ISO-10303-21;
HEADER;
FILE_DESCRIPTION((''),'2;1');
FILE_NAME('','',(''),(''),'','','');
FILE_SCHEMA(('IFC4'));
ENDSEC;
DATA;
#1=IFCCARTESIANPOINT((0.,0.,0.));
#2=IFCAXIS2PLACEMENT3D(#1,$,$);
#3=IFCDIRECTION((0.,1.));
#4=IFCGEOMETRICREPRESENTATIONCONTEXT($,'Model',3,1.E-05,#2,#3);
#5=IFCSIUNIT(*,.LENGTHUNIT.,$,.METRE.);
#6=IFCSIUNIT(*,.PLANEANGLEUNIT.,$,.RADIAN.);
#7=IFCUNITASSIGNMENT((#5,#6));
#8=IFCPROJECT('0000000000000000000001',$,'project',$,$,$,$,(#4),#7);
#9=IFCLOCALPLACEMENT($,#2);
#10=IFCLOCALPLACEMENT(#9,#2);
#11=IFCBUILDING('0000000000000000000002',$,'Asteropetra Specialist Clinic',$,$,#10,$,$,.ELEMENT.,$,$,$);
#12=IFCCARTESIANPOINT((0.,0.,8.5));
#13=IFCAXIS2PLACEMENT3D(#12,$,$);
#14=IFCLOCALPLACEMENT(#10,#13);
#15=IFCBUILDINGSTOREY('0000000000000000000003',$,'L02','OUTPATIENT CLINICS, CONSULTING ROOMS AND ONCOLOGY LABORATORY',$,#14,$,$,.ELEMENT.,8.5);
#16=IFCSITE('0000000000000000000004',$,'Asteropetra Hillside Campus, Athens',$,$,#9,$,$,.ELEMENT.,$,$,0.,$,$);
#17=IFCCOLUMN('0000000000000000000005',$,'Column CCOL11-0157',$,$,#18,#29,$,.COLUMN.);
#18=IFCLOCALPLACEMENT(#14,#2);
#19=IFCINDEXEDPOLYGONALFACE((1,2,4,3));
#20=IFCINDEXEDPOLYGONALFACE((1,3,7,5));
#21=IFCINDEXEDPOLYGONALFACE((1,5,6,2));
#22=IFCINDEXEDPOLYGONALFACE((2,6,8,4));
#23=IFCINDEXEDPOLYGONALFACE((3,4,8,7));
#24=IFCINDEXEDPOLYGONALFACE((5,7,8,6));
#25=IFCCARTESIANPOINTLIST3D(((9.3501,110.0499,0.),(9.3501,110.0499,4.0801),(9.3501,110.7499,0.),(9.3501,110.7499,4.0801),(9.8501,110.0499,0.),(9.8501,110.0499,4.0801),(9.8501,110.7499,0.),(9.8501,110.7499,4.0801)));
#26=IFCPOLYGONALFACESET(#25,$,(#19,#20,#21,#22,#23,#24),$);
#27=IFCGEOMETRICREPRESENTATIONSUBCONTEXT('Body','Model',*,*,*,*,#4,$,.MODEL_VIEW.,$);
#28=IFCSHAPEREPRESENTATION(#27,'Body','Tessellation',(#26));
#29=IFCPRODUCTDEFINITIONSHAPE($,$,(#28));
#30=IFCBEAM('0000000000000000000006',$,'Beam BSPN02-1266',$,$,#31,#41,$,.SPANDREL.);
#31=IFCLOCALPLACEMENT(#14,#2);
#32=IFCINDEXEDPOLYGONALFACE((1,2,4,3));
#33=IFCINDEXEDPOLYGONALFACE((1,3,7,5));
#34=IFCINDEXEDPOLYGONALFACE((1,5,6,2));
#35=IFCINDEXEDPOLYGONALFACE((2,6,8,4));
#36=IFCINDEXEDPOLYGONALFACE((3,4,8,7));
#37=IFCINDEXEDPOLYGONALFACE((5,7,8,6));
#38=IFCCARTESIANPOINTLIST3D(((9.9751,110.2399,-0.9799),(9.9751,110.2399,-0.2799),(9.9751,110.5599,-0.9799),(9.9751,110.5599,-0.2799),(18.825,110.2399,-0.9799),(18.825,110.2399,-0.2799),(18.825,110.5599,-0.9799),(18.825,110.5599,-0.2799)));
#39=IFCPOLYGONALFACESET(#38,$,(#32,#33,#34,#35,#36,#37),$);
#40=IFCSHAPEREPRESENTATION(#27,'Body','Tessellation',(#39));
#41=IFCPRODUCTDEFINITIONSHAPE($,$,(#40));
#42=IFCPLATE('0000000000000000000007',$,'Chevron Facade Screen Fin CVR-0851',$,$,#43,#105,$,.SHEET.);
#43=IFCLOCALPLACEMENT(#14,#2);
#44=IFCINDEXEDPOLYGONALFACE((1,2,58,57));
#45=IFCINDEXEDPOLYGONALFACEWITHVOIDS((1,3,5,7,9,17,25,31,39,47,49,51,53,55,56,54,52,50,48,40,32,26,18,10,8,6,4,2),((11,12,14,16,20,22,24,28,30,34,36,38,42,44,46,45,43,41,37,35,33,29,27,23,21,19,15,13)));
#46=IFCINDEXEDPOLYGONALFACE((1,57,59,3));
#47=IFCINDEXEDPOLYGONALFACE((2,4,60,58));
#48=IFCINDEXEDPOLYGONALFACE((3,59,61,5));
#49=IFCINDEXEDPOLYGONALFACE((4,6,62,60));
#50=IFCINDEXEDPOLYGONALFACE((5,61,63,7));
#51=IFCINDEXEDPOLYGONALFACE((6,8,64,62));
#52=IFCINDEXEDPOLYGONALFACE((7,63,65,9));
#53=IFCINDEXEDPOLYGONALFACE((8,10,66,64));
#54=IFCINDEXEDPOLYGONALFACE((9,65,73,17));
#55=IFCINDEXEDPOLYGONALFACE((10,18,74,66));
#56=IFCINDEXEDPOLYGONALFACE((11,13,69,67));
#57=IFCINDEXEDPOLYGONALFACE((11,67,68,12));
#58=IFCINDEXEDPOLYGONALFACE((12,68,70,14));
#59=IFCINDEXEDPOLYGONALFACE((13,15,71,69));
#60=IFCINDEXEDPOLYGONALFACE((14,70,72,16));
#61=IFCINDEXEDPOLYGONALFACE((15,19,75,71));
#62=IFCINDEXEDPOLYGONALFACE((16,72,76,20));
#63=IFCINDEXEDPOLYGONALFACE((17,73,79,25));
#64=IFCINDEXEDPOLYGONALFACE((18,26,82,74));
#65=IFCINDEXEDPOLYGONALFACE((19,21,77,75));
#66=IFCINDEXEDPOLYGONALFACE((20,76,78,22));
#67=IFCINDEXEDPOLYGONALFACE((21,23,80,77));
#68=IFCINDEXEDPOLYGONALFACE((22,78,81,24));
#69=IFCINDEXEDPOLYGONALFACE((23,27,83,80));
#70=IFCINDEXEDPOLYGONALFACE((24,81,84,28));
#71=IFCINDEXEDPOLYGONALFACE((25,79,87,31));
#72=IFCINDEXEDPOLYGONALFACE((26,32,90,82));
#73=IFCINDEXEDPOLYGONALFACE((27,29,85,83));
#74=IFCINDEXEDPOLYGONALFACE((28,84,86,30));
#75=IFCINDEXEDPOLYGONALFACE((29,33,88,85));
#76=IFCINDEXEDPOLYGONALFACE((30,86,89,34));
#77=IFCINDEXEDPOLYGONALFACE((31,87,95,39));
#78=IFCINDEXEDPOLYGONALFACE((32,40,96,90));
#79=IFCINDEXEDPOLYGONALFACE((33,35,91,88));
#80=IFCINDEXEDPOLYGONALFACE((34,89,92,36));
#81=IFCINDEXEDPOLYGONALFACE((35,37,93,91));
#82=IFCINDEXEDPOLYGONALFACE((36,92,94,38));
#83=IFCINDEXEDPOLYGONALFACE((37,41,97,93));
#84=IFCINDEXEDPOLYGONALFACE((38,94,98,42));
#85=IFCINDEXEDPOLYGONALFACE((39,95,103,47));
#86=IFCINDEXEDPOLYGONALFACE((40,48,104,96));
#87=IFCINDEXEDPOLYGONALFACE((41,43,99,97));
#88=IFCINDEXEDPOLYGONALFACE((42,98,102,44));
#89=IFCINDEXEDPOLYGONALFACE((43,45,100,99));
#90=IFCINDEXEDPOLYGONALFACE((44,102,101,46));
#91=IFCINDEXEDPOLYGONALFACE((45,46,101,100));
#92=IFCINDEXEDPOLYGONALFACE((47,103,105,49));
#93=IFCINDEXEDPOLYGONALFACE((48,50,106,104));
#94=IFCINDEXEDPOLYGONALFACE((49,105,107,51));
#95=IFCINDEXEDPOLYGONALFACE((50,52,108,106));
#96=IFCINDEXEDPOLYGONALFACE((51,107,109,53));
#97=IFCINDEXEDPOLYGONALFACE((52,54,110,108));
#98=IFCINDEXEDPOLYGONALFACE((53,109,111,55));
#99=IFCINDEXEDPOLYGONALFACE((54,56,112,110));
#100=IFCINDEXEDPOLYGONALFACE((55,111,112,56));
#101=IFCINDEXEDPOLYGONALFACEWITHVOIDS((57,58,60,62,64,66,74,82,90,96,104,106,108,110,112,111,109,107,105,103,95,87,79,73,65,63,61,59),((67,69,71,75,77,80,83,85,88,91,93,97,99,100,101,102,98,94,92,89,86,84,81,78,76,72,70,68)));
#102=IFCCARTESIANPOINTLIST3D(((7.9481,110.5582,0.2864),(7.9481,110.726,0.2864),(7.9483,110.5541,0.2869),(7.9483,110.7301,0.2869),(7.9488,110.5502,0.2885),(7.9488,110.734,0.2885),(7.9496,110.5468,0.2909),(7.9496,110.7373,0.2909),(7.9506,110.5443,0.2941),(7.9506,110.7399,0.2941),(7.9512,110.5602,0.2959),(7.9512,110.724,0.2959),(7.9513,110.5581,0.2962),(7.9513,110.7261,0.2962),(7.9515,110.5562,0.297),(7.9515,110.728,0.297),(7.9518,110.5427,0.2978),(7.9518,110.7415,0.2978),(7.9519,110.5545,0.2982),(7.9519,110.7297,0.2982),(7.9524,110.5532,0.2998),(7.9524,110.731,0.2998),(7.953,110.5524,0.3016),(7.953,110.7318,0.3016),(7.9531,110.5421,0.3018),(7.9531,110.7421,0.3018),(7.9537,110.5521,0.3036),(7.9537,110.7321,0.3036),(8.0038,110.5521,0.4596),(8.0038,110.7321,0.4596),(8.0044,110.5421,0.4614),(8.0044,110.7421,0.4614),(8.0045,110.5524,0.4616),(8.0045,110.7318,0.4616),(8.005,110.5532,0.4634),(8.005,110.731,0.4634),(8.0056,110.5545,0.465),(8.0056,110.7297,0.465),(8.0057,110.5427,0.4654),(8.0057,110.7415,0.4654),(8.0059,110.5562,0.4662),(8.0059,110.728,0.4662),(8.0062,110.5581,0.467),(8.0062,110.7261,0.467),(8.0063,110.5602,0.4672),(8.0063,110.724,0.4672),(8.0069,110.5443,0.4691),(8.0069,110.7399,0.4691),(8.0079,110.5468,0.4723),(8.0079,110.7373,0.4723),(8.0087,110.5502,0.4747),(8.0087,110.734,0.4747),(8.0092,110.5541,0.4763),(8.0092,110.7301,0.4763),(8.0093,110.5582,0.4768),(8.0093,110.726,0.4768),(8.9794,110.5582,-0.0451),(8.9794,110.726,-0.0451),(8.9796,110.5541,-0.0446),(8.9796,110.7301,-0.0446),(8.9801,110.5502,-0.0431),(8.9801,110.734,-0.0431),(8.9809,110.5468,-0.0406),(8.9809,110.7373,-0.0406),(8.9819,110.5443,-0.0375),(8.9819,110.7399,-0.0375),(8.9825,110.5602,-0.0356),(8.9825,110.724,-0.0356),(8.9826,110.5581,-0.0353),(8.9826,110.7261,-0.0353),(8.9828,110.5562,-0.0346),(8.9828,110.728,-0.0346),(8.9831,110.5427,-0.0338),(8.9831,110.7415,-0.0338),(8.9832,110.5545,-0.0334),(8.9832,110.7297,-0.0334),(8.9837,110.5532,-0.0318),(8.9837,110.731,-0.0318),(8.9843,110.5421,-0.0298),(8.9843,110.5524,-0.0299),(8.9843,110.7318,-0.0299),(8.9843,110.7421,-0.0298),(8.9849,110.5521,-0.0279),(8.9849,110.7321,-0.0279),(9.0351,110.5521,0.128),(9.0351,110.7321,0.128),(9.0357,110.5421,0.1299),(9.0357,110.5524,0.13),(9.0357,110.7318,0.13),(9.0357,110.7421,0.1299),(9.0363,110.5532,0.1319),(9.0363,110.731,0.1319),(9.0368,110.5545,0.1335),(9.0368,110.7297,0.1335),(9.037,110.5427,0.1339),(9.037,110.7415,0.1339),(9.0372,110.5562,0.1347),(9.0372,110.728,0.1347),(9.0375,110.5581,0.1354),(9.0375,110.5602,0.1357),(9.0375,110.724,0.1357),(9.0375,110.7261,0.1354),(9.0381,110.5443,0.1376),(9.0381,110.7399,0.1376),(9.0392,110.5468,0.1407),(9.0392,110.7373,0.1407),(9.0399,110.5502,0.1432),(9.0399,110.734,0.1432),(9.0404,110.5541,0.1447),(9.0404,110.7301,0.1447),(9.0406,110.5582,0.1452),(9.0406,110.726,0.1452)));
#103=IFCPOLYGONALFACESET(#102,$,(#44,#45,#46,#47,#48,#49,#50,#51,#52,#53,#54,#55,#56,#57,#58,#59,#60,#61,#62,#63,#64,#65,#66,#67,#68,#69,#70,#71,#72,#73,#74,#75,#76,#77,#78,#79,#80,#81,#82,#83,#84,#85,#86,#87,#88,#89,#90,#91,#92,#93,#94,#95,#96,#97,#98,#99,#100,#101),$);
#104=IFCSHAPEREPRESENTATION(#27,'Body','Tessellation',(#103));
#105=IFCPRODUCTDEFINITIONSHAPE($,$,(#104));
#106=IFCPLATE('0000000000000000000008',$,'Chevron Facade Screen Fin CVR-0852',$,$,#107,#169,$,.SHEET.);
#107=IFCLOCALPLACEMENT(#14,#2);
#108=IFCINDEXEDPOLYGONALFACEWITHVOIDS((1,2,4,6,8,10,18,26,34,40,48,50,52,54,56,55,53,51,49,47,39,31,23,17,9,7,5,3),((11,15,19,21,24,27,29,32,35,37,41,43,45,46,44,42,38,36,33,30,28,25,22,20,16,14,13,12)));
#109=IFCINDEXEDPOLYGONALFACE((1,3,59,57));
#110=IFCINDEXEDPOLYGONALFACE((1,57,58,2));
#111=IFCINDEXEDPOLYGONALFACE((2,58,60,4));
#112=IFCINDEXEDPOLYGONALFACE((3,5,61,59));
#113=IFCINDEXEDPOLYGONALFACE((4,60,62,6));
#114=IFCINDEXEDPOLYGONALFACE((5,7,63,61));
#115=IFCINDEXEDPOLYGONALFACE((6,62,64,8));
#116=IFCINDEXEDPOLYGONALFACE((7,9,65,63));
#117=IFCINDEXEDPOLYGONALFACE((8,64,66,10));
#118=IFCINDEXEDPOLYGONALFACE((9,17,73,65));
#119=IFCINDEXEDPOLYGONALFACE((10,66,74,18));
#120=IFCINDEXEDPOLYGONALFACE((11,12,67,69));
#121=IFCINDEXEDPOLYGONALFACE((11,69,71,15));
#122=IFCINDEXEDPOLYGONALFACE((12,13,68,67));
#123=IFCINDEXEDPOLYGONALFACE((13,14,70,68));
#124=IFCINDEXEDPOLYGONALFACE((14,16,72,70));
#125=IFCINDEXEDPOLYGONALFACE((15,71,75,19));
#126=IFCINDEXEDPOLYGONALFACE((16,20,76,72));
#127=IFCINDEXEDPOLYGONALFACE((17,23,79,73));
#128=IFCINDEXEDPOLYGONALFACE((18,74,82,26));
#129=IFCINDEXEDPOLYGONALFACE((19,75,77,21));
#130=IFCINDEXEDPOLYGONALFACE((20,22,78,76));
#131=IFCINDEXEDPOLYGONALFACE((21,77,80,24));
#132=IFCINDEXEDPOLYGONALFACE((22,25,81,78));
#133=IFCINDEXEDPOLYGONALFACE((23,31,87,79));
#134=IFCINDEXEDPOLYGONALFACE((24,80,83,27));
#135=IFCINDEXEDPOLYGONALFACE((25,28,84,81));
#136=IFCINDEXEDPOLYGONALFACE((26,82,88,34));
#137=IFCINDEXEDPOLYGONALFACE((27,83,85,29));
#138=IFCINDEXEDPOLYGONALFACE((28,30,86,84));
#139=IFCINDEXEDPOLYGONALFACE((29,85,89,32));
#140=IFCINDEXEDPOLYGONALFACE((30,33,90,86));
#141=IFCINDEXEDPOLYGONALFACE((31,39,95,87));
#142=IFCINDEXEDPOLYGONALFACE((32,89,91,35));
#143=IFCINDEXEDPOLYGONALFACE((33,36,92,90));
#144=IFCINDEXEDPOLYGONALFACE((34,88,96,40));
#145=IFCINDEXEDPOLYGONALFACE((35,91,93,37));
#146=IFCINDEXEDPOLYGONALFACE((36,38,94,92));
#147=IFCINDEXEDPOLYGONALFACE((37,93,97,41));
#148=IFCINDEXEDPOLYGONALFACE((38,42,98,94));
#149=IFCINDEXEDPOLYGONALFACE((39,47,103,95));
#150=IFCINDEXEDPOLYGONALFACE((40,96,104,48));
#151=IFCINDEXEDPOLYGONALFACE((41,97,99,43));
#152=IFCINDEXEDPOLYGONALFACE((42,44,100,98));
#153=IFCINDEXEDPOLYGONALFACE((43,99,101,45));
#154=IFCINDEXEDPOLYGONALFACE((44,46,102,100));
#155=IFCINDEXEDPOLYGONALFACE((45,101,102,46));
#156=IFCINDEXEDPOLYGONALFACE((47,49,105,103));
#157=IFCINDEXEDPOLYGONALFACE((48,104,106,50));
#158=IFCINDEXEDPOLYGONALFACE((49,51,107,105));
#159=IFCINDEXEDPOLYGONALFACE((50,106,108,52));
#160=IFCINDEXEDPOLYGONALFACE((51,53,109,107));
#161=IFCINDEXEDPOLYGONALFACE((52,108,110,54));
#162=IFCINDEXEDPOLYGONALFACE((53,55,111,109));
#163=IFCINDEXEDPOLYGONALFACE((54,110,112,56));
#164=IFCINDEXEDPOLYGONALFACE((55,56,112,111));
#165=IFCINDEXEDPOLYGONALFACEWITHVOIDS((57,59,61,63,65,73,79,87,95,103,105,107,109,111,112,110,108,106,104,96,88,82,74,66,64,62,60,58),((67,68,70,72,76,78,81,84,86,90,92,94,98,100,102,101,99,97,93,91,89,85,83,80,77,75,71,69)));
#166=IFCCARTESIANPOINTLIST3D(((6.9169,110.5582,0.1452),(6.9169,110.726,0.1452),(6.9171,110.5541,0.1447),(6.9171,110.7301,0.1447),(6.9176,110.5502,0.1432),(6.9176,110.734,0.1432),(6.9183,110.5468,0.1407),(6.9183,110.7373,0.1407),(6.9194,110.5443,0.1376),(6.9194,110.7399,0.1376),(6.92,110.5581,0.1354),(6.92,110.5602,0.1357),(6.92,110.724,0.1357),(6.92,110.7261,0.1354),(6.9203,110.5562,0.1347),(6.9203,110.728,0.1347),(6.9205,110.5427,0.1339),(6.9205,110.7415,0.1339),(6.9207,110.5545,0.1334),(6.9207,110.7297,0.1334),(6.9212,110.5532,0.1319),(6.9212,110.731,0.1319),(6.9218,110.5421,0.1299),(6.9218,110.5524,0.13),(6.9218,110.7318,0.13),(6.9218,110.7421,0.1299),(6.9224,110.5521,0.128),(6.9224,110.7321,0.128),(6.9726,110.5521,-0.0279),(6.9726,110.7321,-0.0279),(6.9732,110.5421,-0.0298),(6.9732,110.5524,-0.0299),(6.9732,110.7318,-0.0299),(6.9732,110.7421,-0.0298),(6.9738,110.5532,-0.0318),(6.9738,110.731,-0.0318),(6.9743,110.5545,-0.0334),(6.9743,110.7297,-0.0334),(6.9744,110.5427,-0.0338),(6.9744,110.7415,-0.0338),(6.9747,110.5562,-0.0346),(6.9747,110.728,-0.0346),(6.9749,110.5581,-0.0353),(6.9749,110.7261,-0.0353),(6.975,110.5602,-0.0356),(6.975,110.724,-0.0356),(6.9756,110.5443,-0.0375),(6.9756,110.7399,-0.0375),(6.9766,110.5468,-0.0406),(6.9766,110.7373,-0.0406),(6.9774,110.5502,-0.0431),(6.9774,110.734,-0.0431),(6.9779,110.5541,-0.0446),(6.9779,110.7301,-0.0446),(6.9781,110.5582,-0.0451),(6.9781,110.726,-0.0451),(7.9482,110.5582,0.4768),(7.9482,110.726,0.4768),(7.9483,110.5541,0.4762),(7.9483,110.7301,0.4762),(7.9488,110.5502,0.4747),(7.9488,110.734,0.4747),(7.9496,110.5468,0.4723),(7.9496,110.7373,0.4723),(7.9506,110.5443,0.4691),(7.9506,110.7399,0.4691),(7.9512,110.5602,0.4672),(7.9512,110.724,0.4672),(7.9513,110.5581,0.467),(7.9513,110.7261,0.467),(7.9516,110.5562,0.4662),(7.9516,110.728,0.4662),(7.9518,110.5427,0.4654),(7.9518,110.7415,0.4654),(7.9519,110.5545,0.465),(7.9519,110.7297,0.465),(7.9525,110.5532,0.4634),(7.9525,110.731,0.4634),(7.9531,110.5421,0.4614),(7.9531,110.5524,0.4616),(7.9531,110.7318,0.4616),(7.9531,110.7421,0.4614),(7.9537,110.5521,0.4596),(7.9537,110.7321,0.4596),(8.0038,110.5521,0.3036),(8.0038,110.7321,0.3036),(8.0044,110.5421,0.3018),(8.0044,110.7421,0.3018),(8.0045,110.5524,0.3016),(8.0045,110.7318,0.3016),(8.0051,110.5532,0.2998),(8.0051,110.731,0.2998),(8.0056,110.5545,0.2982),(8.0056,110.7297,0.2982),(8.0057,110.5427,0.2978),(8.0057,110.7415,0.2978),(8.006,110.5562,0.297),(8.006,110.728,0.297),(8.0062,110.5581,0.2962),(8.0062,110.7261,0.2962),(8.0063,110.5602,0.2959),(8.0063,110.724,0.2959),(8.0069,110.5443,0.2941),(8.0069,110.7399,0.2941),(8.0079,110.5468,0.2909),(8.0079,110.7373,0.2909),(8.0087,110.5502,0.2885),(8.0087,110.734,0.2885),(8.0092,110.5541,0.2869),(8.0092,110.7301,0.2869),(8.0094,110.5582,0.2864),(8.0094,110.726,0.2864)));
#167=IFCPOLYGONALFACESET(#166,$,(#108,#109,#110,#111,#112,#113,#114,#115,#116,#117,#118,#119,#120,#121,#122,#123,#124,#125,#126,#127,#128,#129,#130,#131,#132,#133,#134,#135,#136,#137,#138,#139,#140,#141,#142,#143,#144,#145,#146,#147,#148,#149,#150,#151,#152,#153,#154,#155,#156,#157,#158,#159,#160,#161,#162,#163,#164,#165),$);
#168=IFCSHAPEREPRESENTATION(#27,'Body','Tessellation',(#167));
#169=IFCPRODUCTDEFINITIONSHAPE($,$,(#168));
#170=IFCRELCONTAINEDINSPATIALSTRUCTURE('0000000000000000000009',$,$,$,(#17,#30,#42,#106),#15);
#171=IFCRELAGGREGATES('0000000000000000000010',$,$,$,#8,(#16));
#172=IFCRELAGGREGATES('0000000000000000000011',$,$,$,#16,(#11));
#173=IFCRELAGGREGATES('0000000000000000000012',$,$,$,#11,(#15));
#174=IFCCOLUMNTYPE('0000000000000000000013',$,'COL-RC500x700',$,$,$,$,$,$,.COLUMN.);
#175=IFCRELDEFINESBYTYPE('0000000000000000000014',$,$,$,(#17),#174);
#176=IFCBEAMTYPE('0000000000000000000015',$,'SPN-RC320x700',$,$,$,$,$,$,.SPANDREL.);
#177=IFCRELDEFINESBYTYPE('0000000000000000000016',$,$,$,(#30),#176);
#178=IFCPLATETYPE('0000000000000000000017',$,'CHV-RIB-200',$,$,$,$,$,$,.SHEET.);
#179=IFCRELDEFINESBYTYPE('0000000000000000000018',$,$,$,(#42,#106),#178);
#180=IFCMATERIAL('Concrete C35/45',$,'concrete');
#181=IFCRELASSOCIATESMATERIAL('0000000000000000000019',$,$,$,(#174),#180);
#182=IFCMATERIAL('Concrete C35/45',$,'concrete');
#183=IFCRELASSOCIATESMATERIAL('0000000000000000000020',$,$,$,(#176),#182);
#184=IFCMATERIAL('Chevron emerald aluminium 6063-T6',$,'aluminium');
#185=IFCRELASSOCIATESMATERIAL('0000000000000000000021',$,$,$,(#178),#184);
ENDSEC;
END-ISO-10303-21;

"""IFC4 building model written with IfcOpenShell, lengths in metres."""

from ifc_helpers import new_model, si_unit, direction, frame, origin, origin_2d, place, context, subcontext, project, spatial, rectangle, hollow_rectangle, extrude, material, material_profile, profile_set, type_object, element, save


model = new_model("IFC4")

# Units and contexts
model_context = context("Model", 3, precision=1e-05, world=origin(), true_north=direction((0.0, 1.0)))
body_context = subcontext(model_context, "Body", "Model", "MODEL_VIEW")
ifc_project = project(units=[si_unit("LENGTHUNIT", "METRE"), si_unit("PLANEANGLEUNIT", "RADIAN")], contexts=[model_context])

# Site, building, storey
site_placement = place(None, origin())
site = spatial("IfcSite", under=ifc_project, at=site_placement, Name="Asteropetra Hillside Campus, Athens", CompositionType="ELEMENT", RefElevation=0.0)
building_placement = place(site_placement, origin())
building = spatial("IfcBuilding", under=site, at=building_placement, Name="Asteropetra Specialist Clinic", CompositionType="ELEMENT")
storey_placement = place(building_placement, frame((0.0, 0.0, 8.5)))
storey = spatial("IfcBuildingStorey", under=building, at=storey_placement, Name="L02", Description="OUTPATIENT CLINICS, CONSULTING ROOMS AND ONCOLOGY LABORATORY", CompositionType="ELEMENT", Elevation=8.5)

# Column
ifc_material_1 = material(Name="Concrete C35/45", Category="concrete")
ifc_material_profile_1 = material_profile(ifc_material_1, rectangle(XDim=0.5, YDim=0.7, at=origin_2d()), Name="RC 500x700")
ifc_profile_set_1 = profile_set([ifc_material_profile_1], Name="Concrete C35/45")
column_type = type_object("IfcColumnType", Name="COL-RC500x700", PredefinedType="COLUMN", material=ifc_profile_set_1)
column_placement = place(storey_placement, frame((9.6001, 110.3999, 0.0), z_axis=(0.0, 0.0, 1.0), x_axis=(1.0, 0.0, 0.0)))
element("IfcColumn", 1, at=column_placement, inside=storey, type_object=column_type, Name="Column CCOL11-0157", PredefinedType="COLUMN", context=body_context, shape_type="SweptSolid", body=[
    extrude(rectangle(XDim=0.5, YDim=0.7, at=origin_2d()), origin(), (0.0, 0.0, 1.0), 4.0801),
])

# Beam
ifc_material_2 = material(Name="Concrete C35/45", Category="concrete")
ifc_material_profile_2 = material_profile(ifc_material_2, rectangle(XDim=0.3201, YDim=0.7, at=origin_2d()), Name="RCS 320x700")
ifc_profile_set_2 = profile_set([ifc_material_profile_2], Name="Concrete C35/45")
beam_type = type_object("IfcBeamType", Name="SPN-RC320x700", PredefinedType="SPANDREL", material=ifc_profile_set_2)
beam_placement = place(storey_placement, frame((9.9751, 110.3999, -0.6299), z_axis=(1.0, 0.0, 0.0), x_axis=(0.0, 1.0, 0.0)))
element("IfcBeam", 2, at=beam_placement, inside=storey, type_object=beam_type, Name="Beam BSPN02-1266", PredefinedType="SPANDREL", context=body_context, shape_type="SweptSolid", body=[
    extrude(rectangle(XDim=0.3201, YDim=0.7, at=origin_2d()), origin(), (0.0, 0.0, 1.0), 8.8499),
])

# Plates
ifc_material_3 = material(Name="Chevron emerald aluminium 6063-T6", Category="aluminium")
ifc_material_profile_3 = material_profile(ifc_material_3, hollow_rectangle(XDim=0.2, YDim=0.2, WallThickness=0.01, InnerFilletRadius=0.0081, OuterFilletRadius=0.0161, at=origin_2d()), Name="SHS 200x200x10.0")
ifc_profile_set_3 = profile_set([ifc_material_profile_3], Name="Chevron emerald aluminium 6063-T6")
plate_type_1 = type_object("IfcPlateType", Name="CHV-RIB-200", PredefinedType="SHEET", material=ifc_profile_set_3)
for number, where, z_axis, x_axis, name in (
    (3, (9.01, 110.6421, 0.05), (-0.95201, 0.0, 0.306068), (0.0, -1.0, 0.0), "Chevron Facade Screen Fin CVR-0851"),
    (4, (7.9788, 110.6421, 0.3816), (-0.95201, 0.0, -0.306068), (0.0, -1.0, 0.0), "Chevron Facade Screen Fin CVR-0852"),
):
    element("IfcPlate", number, at=place(storey_placement, frame(where, z_axis=z_axis, x_axis=x_axis)), inside=storey, type_object=plate_type_1, Name=name, PredefinedType="SHEET", context=body_context, shape_type="SweptSolid", body=[
        extrude(hollow_rectangle(XDim=0.2, YDim=0.2, WallThickness=0.01, InnerFilletRadius=0.0081, OuterFilletRadius=0.0161, at=origin_2d()), origin(), (0.0, 0.0, 1.0), 1.0833),
    ])

save(model, "model.ifc")
